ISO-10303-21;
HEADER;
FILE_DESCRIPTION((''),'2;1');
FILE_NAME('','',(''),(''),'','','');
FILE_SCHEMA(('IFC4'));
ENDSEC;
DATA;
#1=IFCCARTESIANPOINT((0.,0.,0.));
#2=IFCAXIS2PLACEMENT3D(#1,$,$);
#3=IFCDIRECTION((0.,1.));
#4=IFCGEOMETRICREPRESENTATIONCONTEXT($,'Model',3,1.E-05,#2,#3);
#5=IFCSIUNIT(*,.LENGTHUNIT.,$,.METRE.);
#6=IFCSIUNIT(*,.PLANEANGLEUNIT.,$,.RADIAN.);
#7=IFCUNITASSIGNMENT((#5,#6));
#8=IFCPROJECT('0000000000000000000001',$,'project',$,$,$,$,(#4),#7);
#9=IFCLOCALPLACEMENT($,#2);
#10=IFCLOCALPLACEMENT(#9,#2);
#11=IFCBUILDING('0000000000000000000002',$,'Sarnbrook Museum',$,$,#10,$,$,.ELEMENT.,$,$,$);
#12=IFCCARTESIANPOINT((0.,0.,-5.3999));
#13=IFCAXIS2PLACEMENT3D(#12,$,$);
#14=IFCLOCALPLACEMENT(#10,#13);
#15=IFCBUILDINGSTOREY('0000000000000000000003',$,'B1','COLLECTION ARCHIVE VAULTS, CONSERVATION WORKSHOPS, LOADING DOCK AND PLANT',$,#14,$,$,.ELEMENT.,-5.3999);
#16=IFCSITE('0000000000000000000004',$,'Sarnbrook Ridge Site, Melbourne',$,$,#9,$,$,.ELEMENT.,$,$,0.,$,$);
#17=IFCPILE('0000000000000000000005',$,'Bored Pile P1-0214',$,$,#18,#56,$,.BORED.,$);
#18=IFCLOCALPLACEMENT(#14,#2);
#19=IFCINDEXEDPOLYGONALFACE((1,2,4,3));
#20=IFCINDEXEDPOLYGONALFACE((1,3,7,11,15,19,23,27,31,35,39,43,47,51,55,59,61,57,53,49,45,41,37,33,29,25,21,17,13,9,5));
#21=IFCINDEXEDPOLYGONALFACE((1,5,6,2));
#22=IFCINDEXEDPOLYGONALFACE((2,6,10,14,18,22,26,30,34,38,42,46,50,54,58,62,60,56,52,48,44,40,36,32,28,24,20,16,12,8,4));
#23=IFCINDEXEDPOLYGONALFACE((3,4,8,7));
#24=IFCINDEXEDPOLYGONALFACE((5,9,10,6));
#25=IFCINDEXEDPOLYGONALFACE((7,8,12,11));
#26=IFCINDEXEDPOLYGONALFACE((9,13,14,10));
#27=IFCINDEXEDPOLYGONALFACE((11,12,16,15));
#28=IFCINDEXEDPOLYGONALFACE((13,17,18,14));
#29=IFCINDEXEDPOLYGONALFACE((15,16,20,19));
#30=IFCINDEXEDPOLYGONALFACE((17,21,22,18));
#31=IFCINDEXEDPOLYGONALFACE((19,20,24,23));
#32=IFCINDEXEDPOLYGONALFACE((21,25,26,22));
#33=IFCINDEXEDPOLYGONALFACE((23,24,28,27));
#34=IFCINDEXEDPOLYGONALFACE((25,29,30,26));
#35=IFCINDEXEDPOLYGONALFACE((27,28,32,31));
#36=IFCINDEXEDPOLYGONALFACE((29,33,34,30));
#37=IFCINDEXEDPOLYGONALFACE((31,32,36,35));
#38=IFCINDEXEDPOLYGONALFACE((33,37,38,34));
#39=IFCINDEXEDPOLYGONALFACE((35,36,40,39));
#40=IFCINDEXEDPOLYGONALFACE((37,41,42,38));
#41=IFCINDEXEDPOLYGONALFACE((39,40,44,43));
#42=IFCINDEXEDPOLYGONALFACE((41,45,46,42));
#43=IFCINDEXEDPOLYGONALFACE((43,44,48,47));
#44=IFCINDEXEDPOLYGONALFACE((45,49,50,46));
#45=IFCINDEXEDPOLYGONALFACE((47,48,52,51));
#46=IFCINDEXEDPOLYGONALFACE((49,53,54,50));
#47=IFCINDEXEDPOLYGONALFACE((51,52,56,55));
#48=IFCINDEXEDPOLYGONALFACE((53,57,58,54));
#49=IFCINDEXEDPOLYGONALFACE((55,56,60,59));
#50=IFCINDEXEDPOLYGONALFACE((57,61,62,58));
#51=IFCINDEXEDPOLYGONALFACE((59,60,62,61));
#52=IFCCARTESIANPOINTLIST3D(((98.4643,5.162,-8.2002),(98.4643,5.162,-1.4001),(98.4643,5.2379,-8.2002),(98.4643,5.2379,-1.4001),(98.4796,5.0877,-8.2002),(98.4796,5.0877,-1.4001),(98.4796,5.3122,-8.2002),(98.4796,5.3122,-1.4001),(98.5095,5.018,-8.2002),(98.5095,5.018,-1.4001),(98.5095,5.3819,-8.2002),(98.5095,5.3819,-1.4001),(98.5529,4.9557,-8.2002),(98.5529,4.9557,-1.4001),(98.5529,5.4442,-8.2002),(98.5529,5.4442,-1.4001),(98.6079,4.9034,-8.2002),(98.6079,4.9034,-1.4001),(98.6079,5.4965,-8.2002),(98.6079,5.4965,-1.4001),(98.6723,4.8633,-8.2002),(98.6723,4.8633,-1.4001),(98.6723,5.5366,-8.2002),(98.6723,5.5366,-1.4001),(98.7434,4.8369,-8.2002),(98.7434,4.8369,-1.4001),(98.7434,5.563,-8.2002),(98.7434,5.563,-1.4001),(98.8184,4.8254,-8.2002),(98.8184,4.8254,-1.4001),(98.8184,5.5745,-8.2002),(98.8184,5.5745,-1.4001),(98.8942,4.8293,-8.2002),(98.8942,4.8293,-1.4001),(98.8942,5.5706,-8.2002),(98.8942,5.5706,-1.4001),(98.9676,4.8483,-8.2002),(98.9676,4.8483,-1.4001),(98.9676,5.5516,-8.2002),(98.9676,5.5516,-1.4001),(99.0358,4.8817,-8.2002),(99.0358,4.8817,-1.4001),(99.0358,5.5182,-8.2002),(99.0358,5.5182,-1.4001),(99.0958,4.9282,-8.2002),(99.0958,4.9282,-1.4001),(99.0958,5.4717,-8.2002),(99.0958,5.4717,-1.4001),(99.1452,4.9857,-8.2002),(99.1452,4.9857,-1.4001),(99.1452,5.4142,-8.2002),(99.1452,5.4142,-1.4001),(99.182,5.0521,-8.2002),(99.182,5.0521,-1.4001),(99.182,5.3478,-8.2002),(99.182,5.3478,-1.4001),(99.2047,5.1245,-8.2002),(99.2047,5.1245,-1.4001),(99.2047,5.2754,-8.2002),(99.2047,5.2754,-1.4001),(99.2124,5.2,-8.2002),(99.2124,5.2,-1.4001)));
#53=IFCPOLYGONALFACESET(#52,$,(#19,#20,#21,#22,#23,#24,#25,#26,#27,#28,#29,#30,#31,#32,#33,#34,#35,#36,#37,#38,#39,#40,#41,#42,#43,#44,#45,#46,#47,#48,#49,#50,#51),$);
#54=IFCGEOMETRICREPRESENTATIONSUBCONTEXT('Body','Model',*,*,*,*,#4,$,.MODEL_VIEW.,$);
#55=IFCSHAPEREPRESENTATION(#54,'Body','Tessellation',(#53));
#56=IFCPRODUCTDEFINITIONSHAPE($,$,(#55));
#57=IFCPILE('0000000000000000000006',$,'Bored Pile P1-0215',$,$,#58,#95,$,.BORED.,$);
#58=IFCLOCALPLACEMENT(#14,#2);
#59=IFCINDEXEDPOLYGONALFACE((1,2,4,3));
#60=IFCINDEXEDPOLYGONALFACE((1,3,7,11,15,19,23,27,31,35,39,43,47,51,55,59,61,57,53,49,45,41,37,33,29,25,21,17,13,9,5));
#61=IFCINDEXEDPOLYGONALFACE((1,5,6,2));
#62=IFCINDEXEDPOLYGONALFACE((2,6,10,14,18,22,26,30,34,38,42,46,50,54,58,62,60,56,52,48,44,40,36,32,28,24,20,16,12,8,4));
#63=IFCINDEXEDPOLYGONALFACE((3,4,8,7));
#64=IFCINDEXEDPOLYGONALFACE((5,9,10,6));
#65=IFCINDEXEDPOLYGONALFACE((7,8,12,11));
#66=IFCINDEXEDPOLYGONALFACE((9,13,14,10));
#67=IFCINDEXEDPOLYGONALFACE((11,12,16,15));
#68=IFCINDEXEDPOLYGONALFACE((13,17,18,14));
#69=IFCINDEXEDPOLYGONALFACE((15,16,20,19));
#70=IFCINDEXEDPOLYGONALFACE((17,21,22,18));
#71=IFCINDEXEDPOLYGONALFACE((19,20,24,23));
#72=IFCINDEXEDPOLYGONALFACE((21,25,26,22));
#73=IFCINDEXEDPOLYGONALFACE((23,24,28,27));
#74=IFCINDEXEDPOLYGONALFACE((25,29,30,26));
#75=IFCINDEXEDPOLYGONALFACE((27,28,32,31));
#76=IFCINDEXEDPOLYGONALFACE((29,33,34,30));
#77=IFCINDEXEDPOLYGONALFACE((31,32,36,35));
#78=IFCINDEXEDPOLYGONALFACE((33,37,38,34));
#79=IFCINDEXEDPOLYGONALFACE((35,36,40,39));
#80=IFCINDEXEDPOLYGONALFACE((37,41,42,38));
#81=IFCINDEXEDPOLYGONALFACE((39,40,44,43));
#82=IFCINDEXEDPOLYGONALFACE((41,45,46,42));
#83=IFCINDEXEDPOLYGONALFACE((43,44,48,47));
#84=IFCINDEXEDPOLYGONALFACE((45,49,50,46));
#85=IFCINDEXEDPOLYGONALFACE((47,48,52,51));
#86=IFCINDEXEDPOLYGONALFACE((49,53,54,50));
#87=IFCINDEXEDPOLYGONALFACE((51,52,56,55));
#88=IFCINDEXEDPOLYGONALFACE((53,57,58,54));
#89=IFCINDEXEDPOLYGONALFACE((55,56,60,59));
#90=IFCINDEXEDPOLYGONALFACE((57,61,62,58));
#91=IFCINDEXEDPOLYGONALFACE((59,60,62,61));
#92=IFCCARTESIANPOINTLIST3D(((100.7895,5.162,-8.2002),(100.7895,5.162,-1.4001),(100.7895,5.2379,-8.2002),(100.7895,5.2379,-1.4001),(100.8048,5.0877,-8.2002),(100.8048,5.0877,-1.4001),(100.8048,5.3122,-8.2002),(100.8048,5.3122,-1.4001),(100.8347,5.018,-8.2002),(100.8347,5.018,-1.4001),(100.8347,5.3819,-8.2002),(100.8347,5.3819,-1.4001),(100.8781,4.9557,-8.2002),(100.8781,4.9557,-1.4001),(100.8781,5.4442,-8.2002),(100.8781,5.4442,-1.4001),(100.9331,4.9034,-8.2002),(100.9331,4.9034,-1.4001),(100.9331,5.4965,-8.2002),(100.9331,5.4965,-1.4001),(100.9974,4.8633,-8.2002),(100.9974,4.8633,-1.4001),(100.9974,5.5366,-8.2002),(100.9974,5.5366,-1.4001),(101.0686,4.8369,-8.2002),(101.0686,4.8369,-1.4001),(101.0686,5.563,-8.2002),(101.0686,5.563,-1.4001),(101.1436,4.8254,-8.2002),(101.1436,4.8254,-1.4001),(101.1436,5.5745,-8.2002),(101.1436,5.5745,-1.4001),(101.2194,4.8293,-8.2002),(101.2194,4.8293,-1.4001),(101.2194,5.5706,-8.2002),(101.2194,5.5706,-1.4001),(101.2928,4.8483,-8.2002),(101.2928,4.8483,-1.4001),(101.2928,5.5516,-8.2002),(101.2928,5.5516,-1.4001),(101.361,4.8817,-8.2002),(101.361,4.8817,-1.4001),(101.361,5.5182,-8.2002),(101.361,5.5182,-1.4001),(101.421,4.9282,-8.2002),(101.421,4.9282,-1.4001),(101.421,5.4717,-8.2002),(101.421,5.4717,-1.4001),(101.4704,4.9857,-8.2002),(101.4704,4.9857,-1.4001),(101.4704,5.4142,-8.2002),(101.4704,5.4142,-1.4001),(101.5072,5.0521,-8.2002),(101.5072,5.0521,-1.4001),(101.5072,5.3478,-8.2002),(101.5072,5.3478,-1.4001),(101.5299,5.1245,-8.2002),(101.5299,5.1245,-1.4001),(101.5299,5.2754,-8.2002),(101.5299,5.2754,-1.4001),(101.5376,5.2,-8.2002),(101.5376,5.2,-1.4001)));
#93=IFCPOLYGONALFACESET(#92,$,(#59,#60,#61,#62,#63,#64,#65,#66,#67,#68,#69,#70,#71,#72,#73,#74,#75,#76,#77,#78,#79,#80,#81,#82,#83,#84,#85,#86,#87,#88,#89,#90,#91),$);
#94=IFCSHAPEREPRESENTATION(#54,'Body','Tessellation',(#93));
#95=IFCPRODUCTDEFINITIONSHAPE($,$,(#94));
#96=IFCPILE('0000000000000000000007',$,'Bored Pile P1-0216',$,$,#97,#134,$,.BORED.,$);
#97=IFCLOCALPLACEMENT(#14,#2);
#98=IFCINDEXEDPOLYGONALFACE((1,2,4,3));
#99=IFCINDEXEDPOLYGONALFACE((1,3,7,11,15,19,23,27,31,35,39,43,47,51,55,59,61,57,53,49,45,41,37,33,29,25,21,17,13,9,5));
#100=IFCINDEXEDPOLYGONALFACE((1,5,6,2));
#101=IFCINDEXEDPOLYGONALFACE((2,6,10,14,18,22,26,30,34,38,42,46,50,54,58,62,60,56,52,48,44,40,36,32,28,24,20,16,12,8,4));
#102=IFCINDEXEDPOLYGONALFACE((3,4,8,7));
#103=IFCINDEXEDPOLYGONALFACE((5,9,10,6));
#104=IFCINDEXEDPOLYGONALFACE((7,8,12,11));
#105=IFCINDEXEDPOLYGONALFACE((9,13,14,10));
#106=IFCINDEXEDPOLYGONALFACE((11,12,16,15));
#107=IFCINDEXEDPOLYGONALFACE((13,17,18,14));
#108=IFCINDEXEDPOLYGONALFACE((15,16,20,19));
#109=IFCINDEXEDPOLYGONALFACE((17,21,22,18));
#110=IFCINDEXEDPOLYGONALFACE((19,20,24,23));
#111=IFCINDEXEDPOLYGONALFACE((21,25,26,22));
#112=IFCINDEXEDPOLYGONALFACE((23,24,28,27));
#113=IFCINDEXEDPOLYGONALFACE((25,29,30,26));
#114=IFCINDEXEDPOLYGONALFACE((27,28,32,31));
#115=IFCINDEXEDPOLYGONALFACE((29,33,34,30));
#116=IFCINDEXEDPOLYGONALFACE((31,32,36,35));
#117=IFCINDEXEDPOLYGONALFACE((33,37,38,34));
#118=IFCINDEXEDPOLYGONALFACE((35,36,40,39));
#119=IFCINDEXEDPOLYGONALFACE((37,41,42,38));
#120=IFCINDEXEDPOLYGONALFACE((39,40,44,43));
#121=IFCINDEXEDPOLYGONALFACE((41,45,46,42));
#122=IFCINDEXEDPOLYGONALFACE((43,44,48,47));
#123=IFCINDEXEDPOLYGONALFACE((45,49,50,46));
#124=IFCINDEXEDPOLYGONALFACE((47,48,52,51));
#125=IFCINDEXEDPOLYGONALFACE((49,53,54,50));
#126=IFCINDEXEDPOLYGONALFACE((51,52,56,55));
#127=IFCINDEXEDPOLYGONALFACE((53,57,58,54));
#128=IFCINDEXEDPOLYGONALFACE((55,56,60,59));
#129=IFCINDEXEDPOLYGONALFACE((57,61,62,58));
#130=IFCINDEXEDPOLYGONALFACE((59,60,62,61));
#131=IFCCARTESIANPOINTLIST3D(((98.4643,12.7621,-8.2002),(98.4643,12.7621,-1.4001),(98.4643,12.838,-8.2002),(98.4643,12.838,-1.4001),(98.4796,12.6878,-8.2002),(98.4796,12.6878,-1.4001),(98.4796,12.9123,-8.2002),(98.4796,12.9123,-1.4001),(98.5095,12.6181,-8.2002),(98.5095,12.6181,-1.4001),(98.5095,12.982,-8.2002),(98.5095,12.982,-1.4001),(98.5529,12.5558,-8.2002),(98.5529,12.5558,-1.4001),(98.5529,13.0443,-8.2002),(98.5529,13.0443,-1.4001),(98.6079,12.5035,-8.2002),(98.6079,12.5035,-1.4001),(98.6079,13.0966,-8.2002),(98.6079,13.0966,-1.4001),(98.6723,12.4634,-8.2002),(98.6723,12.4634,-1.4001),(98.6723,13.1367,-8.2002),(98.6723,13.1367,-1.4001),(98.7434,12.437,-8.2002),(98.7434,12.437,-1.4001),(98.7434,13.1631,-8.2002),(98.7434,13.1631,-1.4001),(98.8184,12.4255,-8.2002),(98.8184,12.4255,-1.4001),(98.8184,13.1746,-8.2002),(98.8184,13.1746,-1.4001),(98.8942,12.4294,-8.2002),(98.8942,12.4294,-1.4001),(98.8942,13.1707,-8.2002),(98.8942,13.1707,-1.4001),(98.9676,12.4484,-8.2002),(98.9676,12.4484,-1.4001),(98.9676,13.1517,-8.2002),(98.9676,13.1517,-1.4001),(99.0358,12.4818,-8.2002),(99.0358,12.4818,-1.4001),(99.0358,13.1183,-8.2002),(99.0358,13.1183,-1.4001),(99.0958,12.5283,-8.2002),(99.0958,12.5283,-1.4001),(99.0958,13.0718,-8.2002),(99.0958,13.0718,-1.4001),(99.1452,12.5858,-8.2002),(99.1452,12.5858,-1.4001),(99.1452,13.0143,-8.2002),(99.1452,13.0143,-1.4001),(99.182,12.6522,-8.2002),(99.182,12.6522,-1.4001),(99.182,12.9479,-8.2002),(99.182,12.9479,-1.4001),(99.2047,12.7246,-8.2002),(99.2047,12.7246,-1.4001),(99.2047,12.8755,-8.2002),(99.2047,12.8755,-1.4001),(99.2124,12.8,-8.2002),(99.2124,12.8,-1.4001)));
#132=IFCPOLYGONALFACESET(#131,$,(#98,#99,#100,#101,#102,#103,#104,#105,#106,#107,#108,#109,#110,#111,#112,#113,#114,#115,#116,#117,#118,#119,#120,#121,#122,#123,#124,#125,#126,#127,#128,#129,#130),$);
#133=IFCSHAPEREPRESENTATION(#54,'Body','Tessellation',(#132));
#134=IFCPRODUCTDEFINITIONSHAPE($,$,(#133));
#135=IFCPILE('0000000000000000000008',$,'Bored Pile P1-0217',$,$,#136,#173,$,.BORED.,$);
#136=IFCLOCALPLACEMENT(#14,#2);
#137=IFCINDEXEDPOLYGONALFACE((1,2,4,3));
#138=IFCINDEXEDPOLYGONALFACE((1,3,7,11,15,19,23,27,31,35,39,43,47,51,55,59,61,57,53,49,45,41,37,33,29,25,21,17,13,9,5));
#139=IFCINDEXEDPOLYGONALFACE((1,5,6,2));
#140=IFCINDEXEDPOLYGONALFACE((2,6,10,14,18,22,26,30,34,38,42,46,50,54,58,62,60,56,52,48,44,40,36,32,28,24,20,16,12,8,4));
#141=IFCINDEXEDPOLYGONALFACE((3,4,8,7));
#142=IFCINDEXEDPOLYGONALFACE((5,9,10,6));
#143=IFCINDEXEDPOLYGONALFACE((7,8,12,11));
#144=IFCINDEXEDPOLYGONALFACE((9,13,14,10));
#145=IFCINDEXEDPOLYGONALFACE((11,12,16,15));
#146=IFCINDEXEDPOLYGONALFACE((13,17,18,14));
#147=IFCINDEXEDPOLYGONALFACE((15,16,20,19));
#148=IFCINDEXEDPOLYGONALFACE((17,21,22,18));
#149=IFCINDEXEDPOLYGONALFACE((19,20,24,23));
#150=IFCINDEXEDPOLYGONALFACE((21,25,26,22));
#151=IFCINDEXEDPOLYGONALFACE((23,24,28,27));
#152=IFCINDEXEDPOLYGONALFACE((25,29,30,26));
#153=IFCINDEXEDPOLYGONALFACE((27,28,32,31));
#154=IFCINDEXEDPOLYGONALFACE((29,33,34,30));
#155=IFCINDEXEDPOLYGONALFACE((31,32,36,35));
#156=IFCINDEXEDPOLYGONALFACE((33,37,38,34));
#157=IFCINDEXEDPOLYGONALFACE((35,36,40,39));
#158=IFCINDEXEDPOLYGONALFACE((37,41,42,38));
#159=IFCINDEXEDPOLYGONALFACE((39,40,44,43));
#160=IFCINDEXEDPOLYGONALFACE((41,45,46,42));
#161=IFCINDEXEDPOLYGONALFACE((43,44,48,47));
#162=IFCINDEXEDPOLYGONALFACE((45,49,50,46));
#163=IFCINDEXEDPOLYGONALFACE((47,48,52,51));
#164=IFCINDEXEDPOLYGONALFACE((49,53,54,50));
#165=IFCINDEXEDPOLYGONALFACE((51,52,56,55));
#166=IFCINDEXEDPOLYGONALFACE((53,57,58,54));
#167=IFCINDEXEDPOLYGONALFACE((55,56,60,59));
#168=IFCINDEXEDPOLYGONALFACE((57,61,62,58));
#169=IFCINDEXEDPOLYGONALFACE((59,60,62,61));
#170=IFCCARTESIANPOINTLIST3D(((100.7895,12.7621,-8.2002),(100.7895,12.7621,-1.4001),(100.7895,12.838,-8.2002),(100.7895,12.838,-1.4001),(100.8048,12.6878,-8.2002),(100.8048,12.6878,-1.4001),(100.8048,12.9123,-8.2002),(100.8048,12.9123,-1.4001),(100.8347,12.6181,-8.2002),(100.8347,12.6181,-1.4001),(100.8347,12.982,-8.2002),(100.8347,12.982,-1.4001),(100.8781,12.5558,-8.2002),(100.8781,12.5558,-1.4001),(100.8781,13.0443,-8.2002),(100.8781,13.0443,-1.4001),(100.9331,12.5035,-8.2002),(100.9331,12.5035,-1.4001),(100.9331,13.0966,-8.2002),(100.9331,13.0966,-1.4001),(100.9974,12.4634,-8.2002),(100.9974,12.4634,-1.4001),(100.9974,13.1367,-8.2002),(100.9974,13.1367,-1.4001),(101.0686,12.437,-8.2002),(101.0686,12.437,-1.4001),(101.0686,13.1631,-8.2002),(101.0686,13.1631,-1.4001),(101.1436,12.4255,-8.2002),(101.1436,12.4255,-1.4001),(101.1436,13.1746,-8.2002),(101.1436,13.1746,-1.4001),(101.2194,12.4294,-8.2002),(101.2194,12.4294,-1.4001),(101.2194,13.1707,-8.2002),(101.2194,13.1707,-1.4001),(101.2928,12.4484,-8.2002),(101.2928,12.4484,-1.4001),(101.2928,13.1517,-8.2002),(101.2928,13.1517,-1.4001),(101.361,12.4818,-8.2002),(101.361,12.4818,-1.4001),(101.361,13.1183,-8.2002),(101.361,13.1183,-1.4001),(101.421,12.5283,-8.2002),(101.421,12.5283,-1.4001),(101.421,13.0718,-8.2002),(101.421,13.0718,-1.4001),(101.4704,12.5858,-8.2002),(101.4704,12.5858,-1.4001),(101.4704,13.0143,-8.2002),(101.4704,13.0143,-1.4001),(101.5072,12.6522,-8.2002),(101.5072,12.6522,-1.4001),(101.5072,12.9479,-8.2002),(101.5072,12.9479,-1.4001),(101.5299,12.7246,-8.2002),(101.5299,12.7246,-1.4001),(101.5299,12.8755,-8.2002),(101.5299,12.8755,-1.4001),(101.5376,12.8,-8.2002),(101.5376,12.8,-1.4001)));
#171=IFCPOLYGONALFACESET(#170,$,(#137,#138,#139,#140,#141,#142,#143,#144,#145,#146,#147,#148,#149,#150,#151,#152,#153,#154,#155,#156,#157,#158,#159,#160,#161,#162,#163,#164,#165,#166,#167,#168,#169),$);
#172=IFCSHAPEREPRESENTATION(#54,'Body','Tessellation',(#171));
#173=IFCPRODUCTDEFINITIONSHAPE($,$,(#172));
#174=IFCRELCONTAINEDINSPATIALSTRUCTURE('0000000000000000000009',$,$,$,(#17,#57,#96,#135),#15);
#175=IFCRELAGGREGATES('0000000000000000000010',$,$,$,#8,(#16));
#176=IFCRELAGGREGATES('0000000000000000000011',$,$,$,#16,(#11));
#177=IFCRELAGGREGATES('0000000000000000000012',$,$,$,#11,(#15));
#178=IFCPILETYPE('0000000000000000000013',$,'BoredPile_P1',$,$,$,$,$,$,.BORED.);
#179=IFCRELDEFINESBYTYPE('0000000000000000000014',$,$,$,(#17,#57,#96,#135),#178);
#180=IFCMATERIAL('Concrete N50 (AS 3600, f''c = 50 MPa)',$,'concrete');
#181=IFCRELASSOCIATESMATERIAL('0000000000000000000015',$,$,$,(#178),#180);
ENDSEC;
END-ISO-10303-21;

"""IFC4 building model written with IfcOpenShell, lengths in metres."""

from ifc_helpers import new_model, si_unit, direction, frame, origin, origin_2d, place, context, subcontext, project, spatial, circle, extrude, material, material_profile, profile_set, type_object, element, save


model = new_model("IFC4")

# Units and contexts
model_context = context("Model", 3, precision=1e-05, world=origin(), true_north=direction((0.0, 1.0)))
body_context = subcontext(model_context, "Body", "Model", "MODEL_VIEW")
ifc_project = project(units=[si_unit("LENGTHUNIT", "METRE"), si_unit("PLANEANGLEUNIT", "RADIAN")], contexts=[model_context])

# Site, building, storey
site_placement = place(None, origin())
site = spatial("IfcSite", under=ifc_project, at=site_placement, Name="Sarnbrook Ridge Site, Melbourne", CompositionType="ELEMENT", RefElevation=0.0)
building_placement = place(site_placement, origin())
building = spatial("IfcBuilding", under=site, at=building_placement, Name="Sarnbrook Museum", CompositionType="ELEMENT")
storey_placement = place(building_placement, frame((0.0, 0.0, -5.3999)))
storey = spatial("IfcBuildingStorey", under=building, at=storey_placement, Name="B1", Description="COLLECTION ARCHIVE VAULTS, CONSERVATION WORKSHOPS, LOADING DOCK AND PLANT", CompositionType="ELEMENT", Elevation=-5.3999)

# Piles
ifc_material_1 = material(Name="Concrete N50 (AS 3600, f'c = 50 MPa)", Category="concrete")
ifc_material_profile_1 = material_profile(ifc_material_1, circle(Radius=0.375, at=origin_2d()), Name="BORED PILE D750")
ifc_profile_set_1 = profile_set([ifc_material_profile_1], Name="Concrete N50 (AS 3600, f'c = 50 MPa)")
pile_type_1 = type_object("IfcPileType", Name="BoredPile_P1", PredefinedType="BORED", material=ifc_profile_set_1)
for number, where, z_axis, x_axis, name in (
    (1, (98.8374, 5.2, -1.4001), (0.0, 0.0, -1.0), (1.0, 0.0, 0.0), "Bored Pile P1-0214"),
    (2, (101.1626, 5.2, -1.4001), (0.0, 0.0, -1.0), (1.0, 0.0, 0.0), "Bored Pile P1-0215"),
    (3, (98.8374, 12.8, -1.4001), (0.0, 0.0, -1.0), (1.0, 0.0, 0.0), "Bored Pile P1-0216"),
    (4, (101.1626, 12.8, -1.4001), (0.0, 0.0, -1.0), (1.0, 0.0, 0.0), "Bored Pile P1-0217"),
):
    element("IfcPile", number, at=place(storey_placement, frame(where, z_axis=z_axis, x_axis=x_axis)), inside=storey, type_object=pile_type_1, Name=name, PredefinedType="BORED", context=body_context, shape_type="SweptSolid", body=[
        extrude(circle(Radius=0.375, at=origin_2d()), origin(), (0.0, 0.0, 1.0), 6.8),
    ])

save(model, "model.ifc")
